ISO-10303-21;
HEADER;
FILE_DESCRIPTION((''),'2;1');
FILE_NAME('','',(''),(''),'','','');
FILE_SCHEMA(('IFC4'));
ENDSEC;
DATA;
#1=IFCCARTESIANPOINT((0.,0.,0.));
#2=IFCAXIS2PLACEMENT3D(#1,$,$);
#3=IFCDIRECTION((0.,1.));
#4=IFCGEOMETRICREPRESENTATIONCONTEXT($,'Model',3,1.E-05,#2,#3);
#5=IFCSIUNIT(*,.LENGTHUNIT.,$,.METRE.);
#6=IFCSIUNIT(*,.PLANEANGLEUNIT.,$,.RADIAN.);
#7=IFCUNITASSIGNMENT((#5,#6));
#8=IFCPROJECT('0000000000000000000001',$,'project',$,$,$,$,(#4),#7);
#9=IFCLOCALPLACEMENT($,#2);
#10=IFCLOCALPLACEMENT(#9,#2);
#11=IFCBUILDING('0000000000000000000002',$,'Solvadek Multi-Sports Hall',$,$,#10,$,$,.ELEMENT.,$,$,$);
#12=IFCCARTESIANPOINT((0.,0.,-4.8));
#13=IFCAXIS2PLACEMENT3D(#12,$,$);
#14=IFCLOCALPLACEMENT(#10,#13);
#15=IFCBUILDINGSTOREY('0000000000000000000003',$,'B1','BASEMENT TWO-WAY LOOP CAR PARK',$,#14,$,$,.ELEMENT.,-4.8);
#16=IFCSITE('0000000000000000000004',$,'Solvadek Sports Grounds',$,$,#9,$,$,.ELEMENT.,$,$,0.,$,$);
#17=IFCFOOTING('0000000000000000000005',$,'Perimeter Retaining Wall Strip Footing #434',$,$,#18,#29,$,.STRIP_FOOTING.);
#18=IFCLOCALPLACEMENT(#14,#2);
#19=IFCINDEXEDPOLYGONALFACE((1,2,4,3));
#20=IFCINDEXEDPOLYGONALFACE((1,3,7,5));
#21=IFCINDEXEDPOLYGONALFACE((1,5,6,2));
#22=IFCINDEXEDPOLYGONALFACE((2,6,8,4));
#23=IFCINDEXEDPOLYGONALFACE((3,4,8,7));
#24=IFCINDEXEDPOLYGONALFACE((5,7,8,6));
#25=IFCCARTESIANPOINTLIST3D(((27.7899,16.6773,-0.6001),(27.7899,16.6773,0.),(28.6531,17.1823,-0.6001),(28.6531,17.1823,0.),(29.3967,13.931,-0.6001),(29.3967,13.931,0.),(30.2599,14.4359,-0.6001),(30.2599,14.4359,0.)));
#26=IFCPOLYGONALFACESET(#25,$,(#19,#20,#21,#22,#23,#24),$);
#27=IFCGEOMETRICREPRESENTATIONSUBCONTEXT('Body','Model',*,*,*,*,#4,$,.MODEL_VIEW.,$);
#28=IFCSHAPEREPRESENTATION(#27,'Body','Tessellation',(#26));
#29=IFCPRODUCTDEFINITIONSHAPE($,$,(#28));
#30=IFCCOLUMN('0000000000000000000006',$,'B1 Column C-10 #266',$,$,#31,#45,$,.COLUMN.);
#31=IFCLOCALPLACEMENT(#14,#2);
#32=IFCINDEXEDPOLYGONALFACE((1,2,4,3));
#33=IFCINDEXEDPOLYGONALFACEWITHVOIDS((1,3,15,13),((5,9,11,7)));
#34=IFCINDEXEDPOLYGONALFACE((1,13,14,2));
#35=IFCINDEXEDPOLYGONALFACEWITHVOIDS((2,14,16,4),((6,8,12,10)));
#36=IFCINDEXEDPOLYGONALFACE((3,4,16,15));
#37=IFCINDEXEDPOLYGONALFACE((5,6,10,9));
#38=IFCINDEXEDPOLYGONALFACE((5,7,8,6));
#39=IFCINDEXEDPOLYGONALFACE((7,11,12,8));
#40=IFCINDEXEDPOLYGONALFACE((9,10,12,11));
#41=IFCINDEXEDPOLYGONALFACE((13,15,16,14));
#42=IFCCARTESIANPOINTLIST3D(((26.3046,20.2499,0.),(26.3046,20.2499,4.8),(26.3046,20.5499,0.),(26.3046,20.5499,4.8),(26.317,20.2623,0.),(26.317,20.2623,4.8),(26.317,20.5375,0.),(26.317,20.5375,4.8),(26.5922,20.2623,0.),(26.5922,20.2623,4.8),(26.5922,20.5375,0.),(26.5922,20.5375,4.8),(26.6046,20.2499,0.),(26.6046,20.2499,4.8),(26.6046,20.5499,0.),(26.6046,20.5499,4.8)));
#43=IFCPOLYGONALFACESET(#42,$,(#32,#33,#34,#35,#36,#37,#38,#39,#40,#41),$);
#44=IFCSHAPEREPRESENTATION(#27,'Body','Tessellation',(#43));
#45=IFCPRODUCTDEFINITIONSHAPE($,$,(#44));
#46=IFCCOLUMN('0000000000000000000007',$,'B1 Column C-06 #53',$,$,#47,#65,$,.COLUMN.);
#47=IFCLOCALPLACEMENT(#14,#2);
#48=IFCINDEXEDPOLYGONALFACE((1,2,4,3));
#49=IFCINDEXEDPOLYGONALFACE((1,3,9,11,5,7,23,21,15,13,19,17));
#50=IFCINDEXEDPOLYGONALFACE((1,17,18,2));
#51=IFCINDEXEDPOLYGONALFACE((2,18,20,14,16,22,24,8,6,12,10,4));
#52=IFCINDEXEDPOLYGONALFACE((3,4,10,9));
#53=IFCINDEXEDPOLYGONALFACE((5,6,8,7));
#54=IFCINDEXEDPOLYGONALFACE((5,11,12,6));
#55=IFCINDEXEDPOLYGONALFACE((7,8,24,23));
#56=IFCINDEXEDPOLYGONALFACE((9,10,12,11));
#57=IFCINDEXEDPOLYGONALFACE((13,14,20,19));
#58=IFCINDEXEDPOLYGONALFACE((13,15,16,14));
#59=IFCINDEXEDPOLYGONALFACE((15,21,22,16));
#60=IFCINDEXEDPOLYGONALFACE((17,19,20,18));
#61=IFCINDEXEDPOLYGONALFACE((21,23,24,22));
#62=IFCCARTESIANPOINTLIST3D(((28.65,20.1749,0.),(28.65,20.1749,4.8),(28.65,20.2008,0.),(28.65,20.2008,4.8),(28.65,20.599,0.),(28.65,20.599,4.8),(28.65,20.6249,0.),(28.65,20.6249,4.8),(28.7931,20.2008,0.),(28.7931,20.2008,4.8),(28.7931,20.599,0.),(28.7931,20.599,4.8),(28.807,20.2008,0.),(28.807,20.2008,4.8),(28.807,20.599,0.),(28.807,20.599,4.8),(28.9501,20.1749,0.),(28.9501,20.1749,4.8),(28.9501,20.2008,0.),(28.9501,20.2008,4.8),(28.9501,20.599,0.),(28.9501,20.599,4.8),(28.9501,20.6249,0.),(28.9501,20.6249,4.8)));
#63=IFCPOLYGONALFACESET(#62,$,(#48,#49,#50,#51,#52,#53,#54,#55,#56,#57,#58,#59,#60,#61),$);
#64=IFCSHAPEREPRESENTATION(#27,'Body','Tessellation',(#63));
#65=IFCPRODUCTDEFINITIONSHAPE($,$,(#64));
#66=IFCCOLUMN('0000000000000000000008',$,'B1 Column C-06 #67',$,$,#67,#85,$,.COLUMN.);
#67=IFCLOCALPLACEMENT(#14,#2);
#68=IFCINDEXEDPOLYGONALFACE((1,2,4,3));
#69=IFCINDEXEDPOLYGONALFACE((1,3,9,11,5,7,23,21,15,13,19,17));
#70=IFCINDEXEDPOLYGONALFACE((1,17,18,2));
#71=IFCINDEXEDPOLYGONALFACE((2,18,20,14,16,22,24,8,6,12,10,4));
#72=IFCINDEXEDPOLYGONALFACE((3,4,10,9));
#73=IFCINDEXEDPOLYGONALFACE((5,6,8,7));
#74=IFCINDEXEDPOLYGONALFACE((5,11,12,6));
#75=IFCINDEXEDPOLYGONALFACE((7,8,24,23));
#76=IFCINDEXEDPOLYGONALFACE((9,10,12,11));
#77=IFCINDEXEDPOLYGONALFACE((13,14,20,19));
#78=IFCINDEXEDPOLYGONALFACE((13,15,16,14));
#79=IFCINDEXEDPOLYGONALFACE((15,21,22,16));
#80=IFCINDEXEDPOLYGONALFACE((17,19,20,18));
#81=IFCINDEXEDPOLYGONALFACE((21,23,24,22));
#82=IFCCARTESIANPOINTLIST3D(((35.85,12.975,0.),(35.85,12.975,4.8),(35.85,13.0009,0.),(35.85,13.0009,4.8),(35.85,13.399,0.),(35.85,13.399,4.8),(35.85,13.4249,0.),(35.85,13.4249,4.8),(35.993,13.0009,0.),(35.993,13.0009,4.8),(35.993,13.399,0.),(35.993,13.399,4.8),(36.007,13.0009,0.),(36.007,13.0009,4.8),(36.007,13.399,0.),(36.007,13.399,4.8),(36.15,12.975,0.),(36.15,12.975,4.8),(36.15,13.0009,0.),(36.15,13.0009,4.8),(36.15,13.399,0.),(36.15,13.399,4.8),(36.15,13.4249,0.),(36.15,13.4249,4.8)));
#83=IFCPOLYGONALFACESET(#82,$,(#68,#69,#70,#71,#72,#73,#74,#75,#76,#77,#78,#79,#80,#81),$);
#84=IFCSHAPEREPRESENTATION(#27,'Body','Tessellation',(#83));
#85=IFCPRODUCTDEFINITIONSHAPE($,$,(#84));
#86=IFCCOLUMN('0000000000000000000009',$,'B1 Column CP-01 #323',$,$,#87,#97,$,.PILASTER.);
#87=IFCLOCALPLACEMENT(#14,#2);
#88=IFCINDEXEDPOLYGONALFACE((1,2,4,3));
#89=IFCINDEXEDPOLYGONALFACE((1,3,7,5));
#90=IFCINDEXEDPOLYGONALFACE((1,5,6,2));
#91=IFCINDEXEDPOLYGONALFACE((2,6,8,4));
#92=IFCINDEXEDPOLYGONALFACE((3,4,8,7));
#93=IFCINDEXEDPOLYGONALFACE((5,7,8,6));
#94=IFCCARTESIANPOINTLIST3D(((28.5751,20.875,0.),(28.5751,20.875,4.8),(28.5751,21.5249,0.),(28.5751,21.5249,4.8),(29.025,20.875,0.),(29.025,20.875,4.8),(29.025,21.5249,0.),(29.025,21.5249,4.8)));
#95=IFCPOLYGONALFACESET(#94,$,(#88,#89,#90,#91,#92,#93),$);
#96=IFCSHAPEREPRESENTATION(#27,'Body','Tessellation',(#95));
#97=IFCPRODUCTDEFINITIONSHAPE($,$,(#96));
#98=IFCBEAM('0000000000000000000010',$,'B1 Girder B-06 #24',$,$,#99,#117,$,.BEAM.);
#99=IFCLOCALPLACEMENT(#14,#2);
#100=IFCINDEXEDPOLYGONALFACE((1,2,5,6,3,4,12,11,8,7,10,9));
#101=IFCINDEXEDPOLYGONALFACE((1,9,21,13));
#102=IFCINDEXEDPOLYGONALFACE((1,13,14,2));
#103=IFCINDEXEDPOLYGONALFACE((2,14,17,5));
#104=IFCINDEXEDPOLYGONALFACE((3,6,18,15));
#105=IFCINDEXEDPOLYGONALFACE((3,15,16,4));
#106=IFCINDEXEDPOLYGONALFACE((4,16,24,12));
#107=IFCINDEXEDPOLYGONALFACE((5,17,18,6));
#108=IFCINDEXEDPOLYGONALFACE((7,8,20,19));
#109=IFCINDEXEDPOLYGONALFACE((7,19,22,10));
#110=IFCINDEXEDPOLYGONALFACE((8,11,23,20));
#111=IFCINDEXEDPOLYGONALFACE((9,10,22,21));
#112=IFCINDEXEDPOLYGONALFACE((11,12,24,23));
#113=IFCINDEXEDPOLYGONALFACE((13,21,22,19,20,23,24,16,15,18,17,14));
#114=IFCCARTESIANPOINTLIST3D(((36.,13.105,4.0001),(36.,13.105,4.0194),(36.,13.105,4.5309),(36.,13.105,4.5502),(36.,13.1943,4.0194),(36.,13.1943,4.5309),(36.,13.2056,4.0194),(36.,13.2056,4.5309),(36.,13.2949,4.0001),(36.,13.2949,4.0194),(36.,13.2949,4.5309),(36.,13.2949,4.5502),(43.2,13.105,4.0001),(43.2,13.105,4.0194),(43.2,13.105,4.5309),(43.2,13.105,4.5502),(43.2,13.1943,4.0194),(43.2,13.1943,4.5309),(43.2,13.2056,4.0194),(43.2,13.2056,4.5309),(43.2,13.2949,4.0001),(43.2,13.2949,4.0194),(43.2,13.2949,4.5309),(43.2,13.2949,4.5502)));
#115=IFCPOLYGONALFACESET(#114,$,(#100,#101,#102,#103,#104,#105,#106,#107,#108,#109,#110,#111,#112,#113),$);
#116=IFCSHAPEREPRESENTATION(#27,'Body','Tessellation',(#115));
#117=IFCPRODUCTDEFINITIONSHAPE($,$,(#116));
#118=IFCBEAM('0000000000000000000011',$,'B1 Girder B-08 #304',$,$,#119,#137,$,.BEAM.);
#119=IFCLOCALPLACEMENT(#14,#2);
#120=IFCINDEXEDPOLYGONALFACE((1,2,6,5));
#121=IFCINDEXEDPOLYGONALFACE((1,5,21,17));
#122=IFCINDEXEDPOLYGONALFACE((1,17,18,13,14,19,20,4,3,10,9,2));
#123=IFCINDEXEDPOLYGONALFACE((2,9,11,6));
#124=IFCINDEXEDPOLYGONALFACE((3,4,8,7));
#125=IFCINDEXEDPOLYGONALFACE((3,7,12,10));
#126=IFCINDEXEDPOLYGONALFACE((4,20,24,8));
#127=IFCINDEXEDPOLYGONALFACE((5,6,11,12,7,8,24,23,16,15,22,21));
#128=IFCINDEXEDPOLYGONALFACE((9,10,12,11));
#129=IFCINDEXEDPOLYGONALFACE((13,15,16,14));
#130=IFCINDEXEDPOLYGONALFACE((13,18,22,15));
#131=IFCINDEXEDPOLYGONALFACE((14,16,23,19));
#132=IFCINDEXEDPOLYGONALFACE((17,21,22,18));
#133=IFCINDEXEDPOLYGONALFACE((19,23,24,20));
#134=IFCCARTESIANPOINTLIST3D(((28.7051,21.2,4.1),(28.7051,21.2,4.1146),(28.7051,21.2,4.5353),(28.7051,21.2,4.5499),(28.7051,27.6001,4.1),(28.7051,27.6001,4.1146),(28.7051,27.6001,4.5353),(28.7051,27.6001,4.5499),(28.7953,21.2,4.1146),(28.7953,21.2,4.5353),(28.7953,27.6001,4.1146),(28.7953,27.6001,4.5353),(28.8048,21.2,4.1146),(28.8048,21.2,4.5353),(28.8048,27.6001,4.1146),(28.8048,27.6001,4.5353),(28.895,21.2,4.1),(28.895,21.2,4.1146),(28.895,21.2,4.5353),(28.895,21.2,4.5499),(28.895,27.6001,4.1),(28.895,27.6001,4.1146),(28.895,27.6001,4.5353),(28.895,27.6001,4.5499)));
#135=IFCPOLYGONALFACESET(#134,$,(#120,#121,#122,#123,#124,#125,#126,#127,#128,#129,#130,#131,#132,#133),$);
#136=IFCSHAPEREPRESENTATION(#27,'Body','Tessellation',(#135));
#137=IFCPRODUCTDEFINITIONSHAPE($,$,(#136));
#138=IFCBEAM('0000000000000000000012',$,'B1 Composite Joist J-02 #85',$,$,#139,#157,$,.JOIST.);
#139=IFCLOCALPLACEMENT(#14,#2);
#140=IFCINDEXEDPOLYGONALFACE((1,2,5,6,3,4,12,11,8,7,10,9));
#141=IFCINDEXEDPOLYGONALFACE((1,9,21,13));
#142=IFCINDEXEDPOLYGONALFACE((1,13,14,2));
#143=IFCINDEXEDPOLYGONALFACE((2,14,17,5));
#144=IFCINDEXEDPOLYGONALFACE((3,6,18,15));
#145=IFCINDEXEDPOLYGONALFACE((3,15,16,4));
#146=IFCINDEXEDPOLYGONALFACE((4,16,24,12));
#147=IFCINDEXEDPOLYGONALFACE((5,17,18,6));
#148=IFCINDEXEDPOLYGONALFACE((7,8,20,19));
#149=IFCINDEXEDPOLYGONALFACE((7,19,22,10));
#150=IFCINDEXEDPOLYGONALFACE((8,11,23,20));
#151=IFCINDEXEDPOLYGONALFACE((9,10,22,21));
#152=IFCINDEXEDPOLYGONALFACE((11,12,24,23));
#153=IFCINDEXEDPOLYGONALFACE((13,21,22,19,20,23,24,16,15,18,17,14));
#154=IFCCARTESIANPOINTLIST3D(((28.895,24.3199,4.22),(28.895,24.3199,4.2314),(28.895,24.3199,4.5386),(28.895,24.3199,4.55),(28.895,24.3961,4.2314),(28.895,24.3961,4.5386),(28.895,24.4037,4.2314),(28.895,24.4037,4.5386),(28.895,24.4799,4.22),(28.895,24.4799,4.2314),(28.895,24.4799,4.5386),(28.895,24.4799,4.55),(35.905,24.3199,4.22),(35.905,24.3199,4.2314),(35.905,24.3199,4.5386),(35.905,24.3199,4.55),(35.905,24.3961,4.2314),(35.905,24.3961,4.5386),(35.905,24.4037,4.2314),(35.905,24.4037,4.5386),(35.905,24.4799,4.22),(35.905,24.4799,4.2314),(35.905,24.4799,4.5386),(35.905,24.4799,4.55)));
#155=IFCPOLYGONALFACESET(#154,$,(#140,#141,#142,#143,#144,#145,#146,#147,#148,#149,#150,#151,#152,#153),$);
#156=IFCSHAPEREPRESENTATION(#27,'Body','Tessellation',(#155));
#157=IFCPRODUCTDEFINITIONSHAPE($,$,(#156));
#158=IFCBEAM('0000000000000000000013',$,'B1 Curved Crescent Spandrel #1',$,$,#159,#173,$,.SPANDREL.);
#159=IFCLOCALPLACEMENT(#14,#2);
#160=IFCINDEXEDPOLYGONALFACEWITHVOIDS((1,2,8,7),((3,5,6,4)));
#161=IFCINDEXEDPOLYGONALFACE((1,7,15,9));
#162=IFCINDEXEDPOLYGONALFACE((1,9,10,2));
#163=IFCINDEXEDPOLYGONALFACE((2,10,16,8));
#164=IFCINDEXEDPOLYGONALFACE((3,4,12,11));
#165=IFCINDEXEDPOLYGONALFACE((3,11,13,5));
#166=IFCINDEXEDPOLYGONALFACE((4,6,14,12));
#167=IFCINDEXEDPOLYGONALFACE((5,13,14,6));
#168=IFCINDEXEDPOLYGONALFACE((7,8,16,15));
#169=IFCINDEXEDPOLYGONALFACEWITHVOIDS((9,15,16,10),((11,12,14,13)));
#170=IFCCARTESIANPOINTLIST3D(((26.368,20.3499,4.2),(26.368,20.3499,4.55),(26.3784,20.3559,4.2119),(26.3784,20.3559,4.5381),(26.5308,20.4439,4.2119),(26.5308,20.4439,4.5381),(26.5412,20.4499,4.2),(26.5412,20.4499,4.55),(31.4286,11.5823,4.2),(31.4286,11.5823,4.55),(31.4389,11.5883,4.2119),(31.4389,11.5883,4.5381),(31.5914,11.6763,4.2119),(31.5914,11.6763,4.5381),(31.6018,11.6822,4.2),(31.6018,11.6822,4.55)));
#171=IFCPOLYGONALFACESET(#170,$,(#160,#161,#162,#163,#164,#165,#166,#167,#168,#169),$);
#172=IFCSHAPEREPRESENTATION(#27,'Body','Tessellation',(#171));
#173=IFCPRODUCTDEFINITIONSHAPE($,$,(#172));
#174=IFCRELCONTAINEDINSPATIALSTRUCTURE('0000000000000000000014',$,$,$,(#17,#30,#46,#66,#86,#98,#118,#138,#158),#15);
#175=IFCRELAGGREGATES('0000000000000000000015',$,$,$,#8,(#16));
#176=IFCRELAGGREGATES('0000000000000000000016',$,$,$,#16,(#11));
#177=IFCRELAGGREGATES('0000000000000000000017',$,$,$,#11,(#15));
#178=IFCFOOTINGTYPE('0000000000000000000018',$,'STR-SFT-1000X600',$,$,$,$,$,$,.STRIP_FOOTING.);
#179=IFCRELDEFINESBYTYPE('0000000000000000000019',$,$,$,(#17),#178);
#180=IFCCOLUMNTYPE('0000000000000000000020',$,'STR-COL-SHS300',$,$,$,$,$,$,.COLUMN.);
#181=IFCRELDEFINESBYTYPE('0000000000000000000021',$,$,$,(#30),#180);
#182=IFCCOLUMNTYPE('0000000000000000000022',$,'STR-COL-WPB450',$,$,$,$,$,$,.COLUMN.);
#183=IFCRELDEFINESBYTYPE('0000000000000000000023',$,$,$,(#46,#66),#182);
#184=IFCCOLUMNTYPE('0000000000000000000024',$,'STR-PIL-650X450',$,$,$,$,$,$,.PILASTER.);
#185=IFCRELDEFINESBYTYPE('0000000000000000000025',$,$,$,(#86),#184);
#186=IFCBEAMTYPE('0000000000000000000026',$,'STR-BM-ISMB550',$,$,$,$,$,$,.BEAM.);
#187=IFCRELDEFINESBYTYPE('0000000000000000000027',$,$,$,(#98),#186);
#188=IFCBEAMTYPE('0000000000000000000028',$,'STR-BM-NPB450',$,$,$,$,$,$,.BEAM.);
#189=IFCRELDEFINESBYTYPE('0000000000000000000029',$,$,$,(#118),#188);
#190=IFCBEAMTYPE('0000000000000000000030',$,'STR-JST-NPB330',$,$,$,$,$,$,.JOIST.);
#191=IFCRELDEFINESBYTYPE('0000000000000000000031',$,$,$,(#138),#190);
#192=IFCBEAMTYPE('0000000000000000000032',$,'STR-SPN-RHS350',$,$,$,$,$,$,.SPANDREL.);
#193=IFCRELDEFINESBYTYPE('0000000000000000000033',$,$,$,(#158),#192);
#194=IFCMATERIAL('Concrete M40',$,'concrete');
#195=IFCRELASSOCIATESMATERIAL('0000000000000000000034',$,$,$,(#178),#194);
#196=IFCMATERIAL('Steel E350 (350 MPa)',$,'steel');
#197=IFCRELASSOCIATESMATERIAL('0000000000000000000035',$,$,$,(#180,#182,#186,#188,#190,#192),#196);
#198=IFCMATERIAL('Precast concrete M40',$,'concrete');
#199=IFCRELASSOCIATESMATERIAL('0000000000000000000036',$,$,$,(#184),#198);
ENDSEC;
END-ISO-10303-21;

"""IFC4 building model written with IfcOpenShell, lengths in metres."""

from ifc_helpers import new_model, si_unit, direction, frame, origin, origin_2d, place, context, subcontext, project, spatial, rectangle, hollow_rectangle, i_section, extrude, material, material_profile, profile_set, type_object, element, save


model = new_model("IFC4")

# Units and contexts
model_context = context("Model", 3, precision=1e-05, world=origin(), true_north=direction((0.0, 1.0)))
body_context = subcontext(model_context, "Body", "Model", "MODEL_VIEW")
ifc_project = project(units=[si_unit("LENGTHUNIT", "METRE"), si_unit("PLANEANGLEUNIT", "RADIAN")], contexts=[model_context])

# Site, building, storey
site_placement = place(None, origin())
site = spatial("IfcSite", under=ifc_project, at=site_placement, Name="Solvadek Sports Grounds", CompositionType="ELEMENT", RefElevation=0.0)
building_placement = place(site_placement, origin())
building = spatial("IfcBuilding", under=site, at=building_placement, Name="Solvadek Multi-Sports Hall", CompositionType="ELEMENT")
storey_placement = place(building_placement, frame((0.0, 0.0, -4.8)))
storey = spatial("IfcBuildingStorey", under=building, at=storey_placement, Name="B1", Description="BASEMENT TWO-WAY LOOP CAR PARK", CompositionType="ELEMENT", Elevation=-4.8)

# Shared definitions
ifc_material_1 = material(Name="Concrete M40", Category="concrete")

# Footing
footing_type_1 = type_object("IfcFootingType", Name="STR-SFT-1000X600", PredefinedType="STRIP_FOOTING", material=ifc_material_1)
footing_1_placement = place(storey_placement, frame((29.0249, 15.5566, -0.6001), z_axis=(0.0, 0.0, 1.0), x_axis=(0.50498, -0.863131, 0.0)))
element("IfcFooting", 1, at=footing_1_placement, inside=storey, type_object=footing_type_1, Name="Perimeter Retaining Wall Strip Footing #434", PredefinedType="STRIP_FOOTING", context=body_context, shape_type="SweptSolid", body=[
    extrude(rectangle(XDim=3.1819, YDim=1.0, at=origin_2d()), origin(), (0.0, 0.0, 1.0), 0.6001),
])

# Columns
ifc_material_2 = material(Name="Steel E350 (350 MPa)", Category="steel")
ifc_material_profile_1 = material_profile(ifc_material_2, hollow_rectangle(XDim=0.3, YDim=0.3, WallThickness=0.0125, at=origin_2d()), Name="SHS 300x300x12.5")
ifc_profile_set_1 = profile_set([ifc_material_profile_1], Name="Steel E350 (350 MPa)")
column_type_1 = type_object("IfcColumnType", Name="STR-COL-SHS300", PredefinedType="COLUMN", material=ifc_profile_set_1)
column_1_placement = place(storey_placement, frame((26.4546, 20.3999, 0.0), z_axis=(0.0, 0.0, 1.0), x_axis=(1.0, 0.0, 0.0)))
element("IfcColumn", 2, at=column_1_placement, inside=storey, type_object=column_type_1, Name="B1 Column C-10 #266", PredefinedType="COLUMN", context=body_context, shape_type="SweptSolid", body=[
    extrude(hollow_rectangle(XDim=0.3, YDim=0.3, WallThickness=0.0125, at=origin_2d()), origin(), (0.0, 0.0, 1.0), 4.8),
])
ifc_material_profile_2 = material_profile(ifc_material_2, i_section(OverallWidth=0.3, OverallDepth=0.45, WebThickness=0.0139, FlangeThickness=0.0259, at=origin_2d()), Name="WPB 450")
ifc_profile_set_2 = profile_set([ifc_material_profile_2], Name="Steel E350 (350 MPa)")
column_type_2 = type_object("IfcColumnType", Name="STR-COL-WPB450", PredefinedType="COLUMN", material=ifc_profile_set_2)
for number, where, z_axis, x_axis, name in (
    (3, (28.8, 20.3999, 0.0), (0.0, 0.0, 1.0), (1.0, 0.0, 0.0), "B1 Column C-06 #53"),
    (4, (36.0, 13.2, 0.0), (0.0, 0.0, 1.0), (1.0, 0.0, 0.0), "B1 Column C-06 #67"),
):
    element("IfcColumn", number, at=place(storey_placement, frame(where, z_axis=z_axis, x_axis=x_axis)), inside=storey, type_object=column_type_2, Name=name, PredefinedType="COLUMN", context=body_context, shape_type="SweptSolid", body=[
        extrude(i_section(OverallWidth=0.3, OverallDepth=0.45, WebThickness=0.0139, FlangeThickness=0.0259, at=origin_2d()), origin(), (0.0, 0.0, 1.0), 4.8),
    ])
ifc_material_3 = material(Name="Precast concrete M40", Category="concrete")
ifc_material_profile_3 = material_profile(ifc_material_3, rectangle(XDim=0.45, YDim=0.6499, at=origin_2d()), Name="RC PILASTER 650x450")
ifc_profile_set_3 = profile_set([ifc_material_profile_3], Name="Precast concrete M40")
column_type_3 = type_object("IfcColumnType", Name="STR-PIL-650X450", PredefinedType="PILASTER", material=ifc_profile_set_3)
column_2_placement = place(storey_placement, frame((28.8, 21.2, 0.0), z_axis=(0.0, 0.0, 1.0), x_axis=(1.0, 0.0, 0.0)))
element("IfcColumn", 5, at=column_2_placement, inside=storey, type_object=column_type_3, Name="B1 Column CP-01 #323", PredefinedType="PILASTER", context=body_context, shape_type="SweptSolid", body=[
    extrude(rectangle(XDim=0.45, YDim=0.6499, at=origin_2d()), origin(), (0.0, 0.0, 1.0), 4.8),
])

# Beams
ifc_material_profile_4 = material_profile(ifc_material_2, i_section(OverallWidth=0.1899, OverallDepth=0.55, WebThickness=0.0112, FlangeThickness=0.0193, at=origin_2d()), Name="ISMB 550")
ifc_profile_set_4 = profile_set([ifc_material_profile_4], Name="Steel E350 (350 MPa)")
beam_type_1 = type_object("IfcBeamType", Name="STR-BM-ISMB550", PredefinedType="BEAM", material=ifc_profile_set_4)
beam_1_placement = place(storey_placement, frame((36.0, 13.2, 4.2751), z_axis=(1.0, 0.0, 0.0), x_axis=(0.0, 1.0, 0.0)))
element("IfcBeam", 6, at=beam_1_placement, inside=storey, type_object=beam_type_1, Name="B1 Girder B-06 #24", PredefinedType="BEAM", context=body_context, shape_type="SweptSolid", body=[
    extrude(i_section(OverallWidth=0.1899, OverallDepth=0.55, WebThickness=0.0112, FlangeThickness=0.0193, at=origin_2d()), origin(), (0.0, 0.0, 1.0), 7.2),
])
ifc_material_profile_5 = material_profile(ifc_material_2, i_section(OverallWidth=0.1899, OverallDepth=0.45, WebThickness=0.0095, FlangeThickness=0.0146, at=origin_2d()), Name="NPB 450")
ifc_profile_set_5 = profile_set([ifc_material_profile_5], Name="Steel E350 (350 MPa)")
beam_type_2 = type_object("IfcBeamType", Name="STR-BM-NPB450", PredefinedType="BEAM", material=ifc_profile_set_5)
beam_2_placement = place(storey_placement, frame((28.8, 21.2, 4.325), z_axis=(0.0, 1.0, 0.0), x_axis=(-1.0, 0.0, 0.0)))
element("IfcBeam", 7, at=beam_2_placement, inside=storey, type_object=beam_type_2, Name="B1 Girder B-08 #304", PredefinedType="BEAM", context=body_context, shape_type="SweptSolid", body=[
    extrude(i_section(OverallWidth=0.1899, OverallDepth=0.45, WebThickness=0.0095, FlangeThickness=0.0146, at=origin_2d()), origin(), (0.0, 0.0, 1.0), 6.4001),
])
ifc_material_profile_6 = material_profile(ifc_material_2, i_section(OverallWidth=0.1599, OverallDepth=0.3301, WebThickness=0.0076, FlangeThickness=0.0115, at=origin_2d()), Name="NPB 330")
ifc_profile_set_6 = profile_set([ifc_material_profile_6], Name="Steel E350 (350 MPa)")
beam_type_3 = type_object("IfcBeamType", Name="STR-JST-NPB330", PredefinedType="JOIST", material=ifc_profile_set_6)
beam_3_placement = place(storey_placement, frame((28.895, 24.3999, 4.385), z_axis=(1.0, 0.0, 0.0), x_axis=(0.0, 1.0, 0.0)))
element("IfcBeam", 8, at=beam_3_placement, inside=storey, type_object=beam_type_3, Name="B1 Composite Joist J-02 #85", PredefinedType="JOIST", context=body_context, shape_type="SweptSolid", body=[
    extrude(i_section(OverallWidth=0.1599, OverallDepth=0.3301, WebThickness=0.0076, FlangeThickness=0.0115, at=origin_2d()), origin(), (0.0, 0.0, 1.0), 7.01),
])
ifc_material_profile_7 = material_profile(ifc_material_2, hollow_rectangle(XDim=0.2, YDim=0.3501, WallThickness=0.012, at=origin_2d()), Name="RHS 350x200x12")
ifc_profile_set_7 = profile_set([ifc_material_profile_7], Name="Steel E350 (350 MPa)")
beam_type_4 = type_object("IfcBeamType", Name="STR-SPN-RHS350", PredefinedType="SPANDREL", material=ifc_profile_set_7)
beam_4_placement = place(storey_placement, frame((26.4546, 20.3999, 4.375), z_axis=(0.499895, -0.866086, 0.0), x_axis=(0.866086, 0.499895, 0.0)))
element("IfcBeam", 9, at=beam_4_placement, inside=storey, type_object=beam_type_4, Name="B1 Curved Crescent Spandrel #1", PredefinedType="SPANDREL", context=body_context, shape_type="SweptSolid", body=[
    extrude(hollow_rectangle(XDim=0.2, YDim=0.3501, WallThickness=0.012, at=origin_2d()), origin(), (0.0, 0.0, 1.0), 10.1233),
])

save(model, "model.ifc")
